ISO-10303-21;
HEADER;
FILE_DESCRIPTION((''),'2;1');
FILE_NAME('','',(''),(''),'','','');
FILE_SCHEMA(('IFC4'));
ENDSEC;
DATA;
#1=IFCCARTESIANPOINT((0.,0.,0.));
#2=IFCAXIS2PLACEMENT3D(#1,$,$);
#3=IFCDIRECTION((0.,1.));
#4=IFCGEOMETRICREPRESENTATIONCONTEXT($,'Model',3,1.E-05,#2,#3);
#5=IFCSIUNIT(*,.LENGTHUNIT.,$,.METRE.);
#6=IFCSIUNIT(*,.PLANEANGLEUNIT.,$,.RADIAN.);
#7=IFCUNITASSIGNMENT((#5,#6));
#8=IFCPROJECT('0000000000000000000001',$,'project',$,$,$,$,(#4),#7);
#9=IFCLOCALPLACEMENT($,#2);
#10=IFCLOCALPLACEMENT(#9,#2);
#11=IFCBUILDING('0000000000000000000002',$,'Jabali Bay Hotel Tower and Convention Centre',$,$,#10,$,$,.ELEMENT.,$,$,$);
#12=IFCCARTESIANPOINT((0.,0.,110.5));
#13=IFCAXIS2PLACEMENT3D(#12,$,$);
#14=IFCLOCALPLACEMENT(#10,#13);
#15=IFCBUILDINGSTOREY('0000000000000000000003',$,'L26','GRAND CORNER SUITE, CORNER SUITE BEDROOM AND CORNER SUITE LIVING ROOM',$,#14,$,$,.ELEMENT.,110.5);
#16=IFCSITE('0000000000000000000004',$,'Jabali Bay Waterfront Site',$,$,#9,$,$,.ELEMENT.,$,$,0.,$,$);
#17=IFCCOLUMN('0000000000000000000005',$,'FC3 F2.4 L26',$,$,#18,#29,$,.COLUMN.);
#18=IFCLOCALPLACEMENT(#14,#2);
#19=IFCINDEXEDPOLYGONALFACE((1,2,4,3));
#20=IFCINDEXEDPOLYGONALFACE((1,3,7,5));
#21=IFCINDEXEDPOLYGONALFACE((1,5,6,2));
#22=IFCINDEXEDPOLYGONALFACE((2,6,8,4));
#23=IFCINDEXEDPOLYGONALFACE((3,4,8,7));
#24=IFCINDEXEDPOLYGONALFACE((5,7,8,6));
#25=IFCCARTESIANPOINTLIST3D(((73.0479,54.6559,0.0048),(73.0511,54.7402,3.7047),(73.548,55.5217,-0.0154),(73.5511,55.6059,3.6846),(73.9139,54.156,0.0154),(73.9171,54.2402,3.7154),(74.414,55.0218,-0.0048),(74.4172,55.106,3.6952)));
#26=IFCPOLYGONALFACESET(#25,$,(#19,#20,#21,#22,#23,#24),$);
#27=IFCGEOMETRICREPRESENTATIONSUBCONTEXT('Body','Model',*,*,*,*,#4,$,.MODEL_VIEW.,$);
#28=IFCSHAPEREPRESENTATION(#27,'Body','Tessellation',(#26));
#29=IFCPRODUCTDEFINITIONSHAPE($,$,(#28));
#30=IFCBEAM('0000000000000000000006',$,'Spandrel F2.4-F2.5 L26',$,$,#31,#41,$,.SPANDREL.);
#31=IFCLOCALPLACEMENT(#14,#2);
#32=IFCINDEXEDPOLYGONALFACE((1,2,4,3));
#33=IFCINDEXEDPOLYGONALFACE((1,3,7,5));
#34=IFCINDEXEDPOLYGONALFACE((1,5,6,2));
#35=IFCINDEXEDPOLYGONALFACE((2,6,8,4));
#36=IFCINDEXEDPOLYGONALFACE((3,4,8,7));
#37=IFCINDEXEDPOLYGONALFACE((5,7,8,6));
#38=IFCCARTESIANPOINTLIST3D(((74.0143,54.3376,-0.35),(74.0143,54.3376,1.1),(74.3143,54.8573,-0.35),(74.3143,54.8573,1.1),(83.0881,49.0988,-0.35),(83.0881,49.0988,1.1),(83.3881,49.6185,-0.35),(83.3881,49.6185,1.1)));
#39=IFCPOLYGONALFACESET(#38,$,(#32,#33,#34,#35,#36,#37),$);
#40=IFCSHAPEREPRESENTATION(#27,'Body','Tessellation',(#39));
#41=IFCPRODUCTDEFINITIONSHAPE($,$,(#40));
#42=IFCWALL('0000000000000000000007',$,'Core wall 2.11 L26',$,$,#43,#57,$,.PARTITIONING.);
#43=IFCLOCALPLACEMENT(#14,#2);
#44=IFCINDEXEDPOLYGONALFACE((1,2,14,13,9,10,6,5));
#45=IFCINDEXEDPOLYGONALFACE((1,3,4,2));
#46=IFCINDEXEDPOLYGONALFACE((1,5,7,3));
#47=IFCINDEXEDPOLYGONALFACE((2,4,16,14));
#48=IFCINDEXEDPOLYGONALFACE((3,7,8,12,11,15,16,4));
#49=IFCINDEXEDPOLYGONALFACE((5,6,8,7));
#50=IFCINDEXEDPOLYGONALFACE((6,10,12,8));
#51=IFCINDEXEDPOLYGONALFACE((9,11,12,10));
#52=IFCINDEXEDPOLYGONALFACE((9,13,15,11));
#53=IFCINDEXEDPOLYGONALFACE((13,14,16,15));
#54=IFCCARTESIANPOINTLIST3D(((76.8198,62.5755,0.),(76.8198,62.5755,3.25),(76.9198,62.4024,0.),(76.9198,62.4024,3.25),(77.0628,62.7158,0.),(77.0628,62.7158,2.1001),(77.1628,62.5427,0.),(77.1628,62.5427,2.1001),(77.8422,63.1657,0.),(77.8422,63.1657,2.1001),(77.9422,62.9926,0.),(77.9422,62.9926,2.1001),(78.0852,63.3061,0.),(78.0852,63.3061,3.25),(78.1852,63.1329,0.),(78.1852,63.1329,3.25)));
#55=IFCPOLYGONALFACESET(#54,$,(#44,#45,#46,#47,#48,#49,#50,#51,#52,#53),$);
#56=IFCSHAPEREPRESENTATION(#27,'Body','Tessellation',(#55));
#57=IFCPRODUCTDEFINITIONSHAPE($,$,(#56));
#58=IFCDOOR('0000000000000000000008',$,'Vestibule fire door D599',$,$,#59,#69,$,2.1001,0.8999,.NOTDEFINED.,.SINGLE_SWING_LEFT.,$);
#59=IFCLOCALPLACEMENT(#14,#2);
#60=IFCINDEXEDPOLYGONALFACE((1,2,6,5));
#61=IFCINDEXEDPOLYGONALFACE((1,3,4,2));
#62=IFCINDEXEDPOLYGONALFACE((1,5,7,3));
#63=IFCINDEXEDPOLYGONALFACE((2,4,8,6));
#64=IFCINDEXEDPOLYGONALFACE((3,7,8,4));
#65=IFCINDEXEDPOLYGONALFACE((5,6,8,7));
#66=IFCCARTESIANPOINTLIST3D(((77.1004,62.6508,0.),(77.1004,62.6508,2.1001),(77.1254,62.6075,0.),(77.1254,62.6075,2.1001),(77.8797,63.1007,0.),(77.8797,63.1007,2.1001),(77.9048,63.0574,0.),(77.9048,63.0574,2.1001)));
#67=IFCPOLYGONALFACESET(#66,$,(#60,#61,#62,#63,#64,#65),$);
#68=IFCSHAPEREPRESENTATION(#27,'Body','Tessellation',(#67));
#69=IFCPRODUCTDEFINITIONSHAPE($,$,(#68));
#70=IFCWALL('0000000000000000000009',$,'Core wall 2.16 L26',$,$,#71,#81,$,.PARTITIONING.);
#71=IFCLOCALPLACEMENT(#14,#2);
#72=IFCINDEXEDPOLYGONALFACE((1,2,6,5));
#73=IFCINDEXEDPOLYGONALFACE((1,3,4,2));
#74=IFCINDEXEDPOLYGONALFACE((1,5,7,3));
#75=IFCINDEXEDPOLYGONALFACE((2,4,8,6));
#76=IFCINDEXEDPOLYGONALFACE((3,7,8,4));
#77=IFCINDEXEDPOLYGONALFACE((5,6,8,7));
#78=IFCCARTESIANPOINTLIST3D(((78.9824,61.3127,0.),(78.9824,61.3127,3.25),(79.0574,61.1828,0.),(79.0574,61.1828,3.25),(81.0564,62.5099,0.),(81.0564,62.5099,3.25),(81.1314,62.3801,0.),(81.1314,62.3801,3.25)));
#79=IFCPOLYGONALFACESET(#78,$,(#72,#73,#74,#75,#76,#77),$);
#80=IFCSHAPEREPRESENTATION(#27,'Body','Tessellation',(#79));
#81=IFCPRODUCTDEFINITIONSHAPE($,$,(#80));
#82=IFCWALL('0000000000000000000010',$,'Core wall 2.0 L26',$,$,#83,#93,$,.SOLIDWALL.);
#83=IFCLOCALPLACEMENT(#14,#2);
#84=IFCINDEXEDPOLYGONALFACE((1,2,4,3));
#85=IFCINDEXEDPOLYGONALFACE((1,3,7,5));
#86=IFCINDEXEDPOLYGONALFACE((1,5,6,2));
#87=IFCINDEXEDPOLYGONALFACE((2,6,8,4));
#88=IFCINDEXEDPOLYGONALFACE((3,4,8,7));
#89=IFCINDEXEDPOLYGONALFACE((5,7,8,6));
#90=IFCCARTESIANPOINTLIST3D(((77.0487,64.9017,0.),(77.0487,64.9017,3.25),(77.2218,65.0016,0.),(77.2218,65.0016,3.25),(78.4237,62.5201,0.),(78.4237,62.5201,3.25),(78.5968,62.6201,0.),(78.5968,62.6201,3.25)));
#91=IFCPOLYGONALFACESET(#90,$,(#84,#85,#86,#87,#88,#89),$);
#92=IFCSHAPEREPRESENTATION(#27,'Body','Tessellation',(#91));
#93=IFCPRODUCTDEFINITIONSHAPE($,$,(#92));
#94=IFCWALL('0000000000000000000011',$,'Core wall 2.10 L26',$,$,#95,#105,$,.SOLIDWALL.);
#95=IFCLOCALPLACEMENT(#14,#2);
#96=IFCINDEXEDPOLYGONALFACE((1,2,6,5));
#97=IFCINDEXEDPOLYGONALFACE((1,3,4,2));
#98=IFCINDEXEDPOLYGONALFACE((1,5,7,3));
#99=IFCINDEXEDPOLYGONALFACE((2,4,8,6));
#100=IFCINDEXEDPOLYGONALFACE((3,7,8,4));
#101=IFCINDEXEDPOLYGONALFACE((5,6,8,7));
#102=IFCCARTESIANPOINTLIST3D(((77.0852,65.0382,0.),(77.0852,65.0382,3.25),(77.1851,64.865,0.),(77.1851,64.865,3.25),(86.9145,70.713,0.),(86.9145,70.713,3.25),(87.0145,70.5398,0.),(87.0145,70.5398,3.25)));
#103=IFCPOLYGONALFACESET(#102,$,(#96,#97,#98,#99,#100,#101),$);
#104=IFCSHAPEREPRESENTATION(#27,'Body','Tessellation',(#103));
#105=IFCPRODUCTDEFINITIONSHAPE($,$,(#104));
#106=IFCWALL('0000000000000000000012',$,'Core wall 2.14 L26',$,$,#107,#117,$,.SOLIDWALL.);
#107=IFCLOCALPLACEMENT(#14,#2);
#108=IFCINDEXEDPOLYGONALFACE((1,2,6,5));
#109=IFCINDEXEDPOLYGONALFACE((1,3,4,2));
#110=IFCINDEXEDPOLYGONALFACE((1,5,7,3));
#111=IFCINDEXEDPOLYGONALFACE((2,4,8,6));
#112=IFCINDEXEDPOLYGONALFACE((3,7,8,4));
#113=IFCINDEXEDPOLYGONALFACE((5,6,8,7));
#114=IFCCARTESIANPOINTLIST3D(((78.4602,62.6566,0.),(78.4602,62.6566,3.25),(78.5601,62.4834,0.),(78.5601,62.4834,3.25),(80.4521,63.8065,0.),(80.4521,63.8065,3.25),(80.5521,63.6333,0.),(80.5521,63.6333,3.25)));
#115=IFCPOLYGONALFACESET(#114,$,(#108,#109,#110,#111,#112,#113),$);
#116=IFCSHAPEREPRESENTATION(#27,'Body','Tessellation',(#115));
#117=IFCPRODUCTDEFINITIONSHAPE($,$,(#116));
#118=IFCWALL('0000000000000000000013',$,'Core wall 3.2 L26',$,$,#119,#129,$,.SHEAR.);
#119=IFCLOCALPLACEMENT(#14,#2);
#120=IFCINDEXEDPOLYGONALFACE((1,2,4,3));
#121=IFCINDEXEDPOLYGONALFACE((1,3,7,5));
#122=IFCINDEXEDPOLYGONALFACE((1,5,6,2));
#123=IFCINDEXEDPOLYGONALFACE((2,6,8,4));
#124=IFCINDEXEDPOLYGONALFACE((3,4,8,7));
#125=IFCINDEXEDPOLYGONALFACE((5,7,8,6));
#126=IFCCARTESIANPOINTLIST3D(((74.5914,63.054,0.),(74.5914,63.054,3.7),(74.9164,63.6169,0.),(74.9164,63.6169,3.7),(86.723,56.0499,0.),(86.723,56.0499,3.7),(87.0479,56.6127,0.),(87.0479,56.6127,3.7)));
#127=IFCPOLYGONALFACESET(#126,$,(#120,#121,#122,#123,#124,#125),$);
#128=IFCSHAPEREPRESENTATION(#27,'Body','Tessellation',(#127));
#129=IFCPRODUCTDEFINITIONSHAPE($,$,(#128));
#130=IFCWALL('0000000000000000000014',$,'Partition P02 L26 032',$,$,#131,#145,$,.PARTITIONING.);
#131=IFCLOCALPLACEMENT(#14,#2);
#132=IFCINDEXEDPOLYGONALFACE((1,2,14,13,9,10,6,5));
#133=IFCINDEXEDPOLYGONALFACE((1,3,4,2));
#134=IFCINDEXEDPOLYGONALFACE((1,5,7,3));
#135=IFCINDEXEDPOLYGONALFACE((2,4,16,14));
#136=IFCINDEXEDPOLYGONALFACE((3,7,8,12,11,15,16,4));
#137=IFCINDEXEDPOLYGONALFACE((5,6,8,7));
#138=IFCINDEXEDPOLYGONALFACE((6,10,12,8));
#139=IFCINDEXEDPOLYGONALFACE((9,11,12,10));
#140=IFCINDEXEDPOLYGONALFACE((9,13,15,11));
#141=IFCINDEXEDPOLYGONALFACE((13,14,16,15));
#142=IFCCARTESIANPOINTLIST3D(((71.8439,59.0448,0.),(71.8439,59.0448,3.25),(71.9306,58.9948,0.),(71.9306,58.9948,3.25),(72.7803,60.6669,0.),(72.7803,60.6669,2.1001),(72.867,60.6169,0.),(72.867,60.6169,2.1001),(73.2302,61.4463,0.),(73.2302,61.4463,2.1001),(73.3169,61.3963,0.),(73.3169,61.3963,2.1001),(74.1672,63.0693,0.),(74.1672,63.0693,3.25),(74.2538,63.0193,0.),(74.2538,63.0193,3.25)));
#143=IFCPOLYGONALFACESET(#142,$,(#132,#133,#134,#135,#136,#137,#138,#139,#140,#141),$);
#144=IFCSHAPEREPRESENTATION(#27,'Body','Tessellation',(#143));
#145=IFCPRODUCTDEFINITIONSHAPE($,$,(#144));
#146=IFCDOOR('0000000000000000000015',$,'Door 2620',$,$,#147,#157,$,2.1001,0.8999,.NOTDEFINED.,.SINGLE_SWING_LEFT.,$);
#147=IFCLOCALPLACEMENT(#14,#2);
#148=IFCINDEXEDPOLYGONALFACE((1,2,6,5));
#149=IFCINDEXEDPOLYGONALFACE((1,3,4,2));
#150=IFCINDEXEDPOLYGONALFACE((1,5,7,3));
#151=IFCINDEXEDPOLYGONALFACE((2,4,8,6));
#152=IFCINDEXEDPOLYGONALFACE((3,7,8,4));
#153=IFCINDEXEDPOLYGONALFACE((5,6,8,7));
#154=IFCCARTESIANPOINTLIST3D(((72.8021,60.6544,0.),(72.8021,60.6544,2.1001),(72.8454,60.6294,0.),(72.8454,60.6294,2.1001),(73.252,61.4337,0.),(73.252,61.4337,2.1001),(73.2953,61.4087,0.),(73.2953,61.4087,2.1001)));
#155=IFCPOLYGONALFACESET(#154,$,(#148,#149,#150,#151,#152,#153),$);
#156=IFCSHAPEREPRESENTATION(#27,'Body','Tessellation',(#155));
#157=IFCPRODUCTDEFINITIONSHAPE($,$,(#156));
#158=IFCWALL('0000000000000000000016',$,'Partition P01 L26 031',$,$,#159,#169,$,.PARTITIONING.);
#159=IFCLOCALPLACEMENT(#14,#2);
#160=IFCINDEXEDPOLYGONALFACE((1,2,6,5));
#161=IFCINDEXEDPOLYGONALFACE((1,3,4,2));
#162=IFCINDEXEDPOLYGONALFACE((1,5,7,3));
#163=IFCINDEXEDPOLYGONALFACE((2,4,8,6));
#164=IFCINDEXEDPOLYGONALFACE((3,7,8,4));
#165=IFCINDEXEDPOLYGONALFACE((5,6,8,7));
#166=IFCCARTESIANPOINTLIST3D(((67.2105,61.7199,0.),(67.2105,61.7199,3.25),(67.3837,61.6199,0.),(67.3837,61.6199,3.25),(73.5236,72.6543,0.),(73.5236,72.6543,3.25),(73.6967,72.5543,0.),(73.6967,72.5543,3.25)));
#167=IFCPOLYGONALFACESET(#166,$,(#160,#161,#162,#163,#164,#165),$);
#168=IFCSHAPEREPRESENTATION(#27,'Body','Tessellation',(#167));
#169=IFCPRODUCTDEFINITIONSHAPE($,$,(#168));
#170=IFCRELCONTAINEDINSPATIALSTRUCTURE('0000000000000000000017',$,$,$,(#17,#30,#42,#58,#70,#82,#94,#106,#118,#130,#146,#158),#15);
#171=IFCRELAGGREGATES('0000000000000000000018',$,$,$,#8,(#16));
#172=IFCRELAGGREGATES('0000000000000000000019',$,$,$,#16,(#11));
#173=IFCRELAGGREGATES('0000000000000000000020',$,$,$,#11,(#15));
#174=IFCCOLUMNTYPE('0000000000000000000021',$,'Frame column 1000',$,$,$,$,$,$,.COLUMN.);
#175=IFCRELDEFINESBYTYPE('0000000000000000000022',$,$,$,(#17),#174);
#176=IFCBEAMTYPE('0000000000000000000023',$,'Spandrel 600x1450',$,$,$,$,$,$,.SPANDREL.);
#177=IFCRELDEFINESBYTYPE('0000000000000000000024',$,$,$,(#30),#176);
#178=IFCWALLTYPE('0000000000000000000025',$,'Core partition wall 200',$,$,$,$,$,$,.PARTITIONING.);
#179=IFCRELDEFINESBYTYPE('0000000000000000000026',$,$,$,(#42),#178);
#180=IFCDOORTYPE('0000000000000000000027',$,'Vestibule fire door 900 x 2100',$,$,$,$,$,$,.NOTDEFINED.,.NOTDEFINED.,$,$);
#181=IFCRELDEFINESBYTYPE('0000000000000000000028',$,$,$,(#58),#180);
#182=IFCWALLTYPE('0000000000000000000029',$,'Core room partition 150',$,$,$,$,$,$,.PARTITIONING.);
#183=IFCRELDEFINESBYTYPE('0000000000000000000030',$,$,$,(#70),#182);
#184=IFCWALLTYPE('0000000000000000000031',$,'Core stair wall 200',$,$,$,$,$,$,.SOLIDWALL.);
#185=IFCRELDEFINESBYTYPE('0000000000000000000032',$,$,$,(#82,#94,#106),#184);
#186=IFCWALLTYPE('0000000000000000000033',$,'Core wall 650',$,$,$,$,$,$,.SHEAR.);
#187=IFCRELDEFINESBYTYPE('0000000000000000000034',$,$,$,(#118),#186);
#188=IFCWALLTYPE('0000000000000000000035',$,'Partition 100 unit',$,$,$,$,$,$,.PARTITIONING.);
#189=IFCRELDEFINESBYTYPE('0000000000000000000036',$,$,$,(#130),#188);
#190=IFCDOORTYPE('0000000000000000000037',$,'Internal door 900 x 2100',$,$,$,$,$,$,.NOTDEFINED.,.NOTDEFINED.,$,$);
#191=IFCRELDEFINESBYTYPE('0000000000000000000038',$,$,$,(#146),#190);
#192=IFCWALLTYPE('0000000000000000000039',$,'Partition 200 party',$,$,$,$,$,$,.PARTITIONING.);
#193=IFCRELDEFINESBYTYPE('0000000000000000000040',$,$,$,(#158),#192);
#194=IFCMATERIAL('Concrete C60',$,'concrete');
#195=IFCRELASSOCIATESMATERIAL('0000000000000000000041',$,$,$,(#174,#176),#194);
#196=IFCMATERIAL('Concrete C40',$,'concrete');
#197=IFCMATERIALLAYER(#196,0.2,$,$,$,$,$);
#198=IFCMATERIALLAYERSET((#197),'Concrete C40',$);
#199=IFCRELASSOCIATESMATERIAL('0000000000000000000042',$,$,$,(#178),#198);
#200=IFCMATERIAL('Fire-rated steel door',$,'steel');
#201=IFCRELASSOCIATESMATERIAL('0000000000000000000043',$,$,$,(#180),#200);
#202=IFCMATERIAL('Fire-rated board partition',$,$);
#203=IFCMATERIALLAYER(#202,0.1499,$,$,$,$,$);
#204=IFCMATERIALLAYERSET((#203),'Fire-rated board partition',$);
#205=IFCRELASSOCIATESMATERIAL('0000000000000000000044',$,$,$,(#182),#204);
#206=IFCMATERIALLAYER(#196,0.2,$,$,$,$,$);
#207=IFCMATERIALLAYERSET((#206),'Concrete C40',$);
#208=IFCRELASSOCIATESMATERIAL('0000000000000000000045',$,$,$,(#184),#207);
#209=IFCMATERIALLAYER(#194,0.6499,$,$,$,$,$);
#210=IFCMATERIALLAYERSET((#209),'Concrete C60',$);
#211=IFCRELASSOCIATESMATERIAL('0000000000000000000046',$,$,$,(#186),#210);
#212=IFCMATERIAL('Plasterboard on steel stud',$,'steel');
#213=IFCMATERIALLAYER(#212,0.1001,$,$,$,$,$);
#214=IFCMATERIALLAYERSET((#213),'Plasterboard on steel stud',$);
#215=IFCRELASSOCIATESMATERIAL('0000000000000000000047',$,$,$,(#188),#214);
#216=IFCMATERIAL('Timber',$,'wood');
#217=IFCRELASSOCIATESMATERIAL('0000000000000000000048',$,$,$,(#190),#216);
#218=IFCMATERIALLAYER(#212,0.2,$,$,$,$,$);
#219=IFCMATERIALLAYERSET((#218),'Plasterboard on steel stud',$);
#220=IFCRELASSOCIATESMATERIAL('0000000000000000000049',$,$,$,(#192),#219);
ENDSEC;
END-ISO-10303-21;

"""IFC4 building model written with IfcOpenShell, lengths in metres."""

from ifc_helpers import new_model, si_unit, direction, frame, frame_2d, origin, origin_2d, place, context, subcontext, project, spatial, rectangle, extrude, material, layer, layer_set, material_profile, profile_set, type_object, element, fill, save


model = new_model("IFC4")

# Units and contexts
model_context = context("Model", 3, precision=1e-05, world=origin(), true_north=direction((0.0, 1.0)))
body_context = subcontext(model_context, "Body", "Model", "MODEL_VIEW")
ifc_project = project(units=[si_unit("LENGTHUNIT", "METRE"), si_unit("PLANEANGLEUNIT", "RADIAN")], contexts=[model_context])

# Site, building, storey
site_placement = place(None, origin())
site = spatial("IfcSite", under=ifc_project, at=site_placement, Name="Jabali Bay Waterfront Site", CompositionType="ELEMENT", RefElevation=0.0)
building_placement = place(site_placement, origin())
building = spatial("IfcBuilding", under=site, at=building_placement, Name="Jabali Bay Hotel Tower and Convention Centre", CompositionType="ELEMENT")
storey_placement = place(building_placement, frame((0.0, 0.0, 110.5)))
storey = spatial("IfcBuildingStorey", under=building, at=storey_placement, Name="L26", Description="GRAND CORNER SUITE, CORNER SUITE BEDROOM AND CORNER SUITE LIVING ROOM", CompositionType="ELEMENT", Elevation=110.5)

# Column
ifc_material_1 = material(Name="Concrete C60", Category="concrete")
ifc_material_profile_1 = material_profile(ifc_material_1, rectangle(XDim=1.0, YDim=1.0, at=origin_2d()), Name="Frame column 1000")
ifc_profile_set_1 = profile_set([ifc_material_profile_1], Name="Concrete C60")
column_type = type_object("IfcColumnType", Name="Frame column 1000", PredefinedType="COLUMN", material=ifc_profile_set_1)
column_placement = place(storey_placement, frame((73.731, 54.8389, 0.0), z_axis=(0.000858, 0.022759, 0.999741), x_axis=(-0.500033, -0.865772, 0.020138)))
element("IfcColumn", 1, at=column_placement, inside=storey, type_object=column_type, Name="FC3 F2.4 L26", PredefinedType="COLUMN", context=body_context, shape_type="SweptSolid", body=[
    extrude(rectangle(XDim=1.0, YDim=1.0, at=origin_2d()), origin(), (0.0, 0.0, 1.0), 3.7009),
])

# Beam
ifc_material_profile_2 = material_profile(ifc_material_1, rectangle(XDim=0.6001, YDim=1.45, at=origin_2d()), Name="Spandrel 600x1450")
ifc_profile_set_2 = profile_set([ifc_material_profile_2], Name="Concrete C60")
beam_type = type_object("IfcBeamType", Name="Spandrel 600x1450", PredefinedType="SPANDREL", material=ifc_profile_set_2)
beam_placement = place(storey_placement, frame((74.1643, 54.5974, 0.375), z_axis=(0.866023, -0.500003, 0.0), x_axis=(0.500003, 0.866023, 0.0)))
element("IfcBeam", 2, at=beam_placement, inside=storey, type_object=beam_type, Name="Spandrel F2.4-F2.5 L26", PredefinedType="SPANDREL", context=body_context, shape_type="SweptSolid", body=[
    extrude(rectangle(XDim=0.6001, YDim=1.45, at=origin_2d()), origin(), (0.0, 0.0, 1.0), 10.4775),
])

# Wall, opening, door
ifc_material_2 = material(Name="Concrete C40", Category="concrete")
ifc_layer_1 = layer(ifc_material_2, 0.2)
ifc_layer_set_1 = layer_set([ifc_layer_1], Name="Concrete C40")
wall_type_1 = type_object("IfcWallType", Name="Core partition wall 200", PredefinedType="PARTITIONING", material=ifc_layer_set_1)
wall_1_placement = place(storey_placement, frame((76.8699, 62.489, 0.0), z_axis=(0.0, 0.0, 1.0), x_axis=(0.866055, 0.499949, 0.0)))
wall_1 = element("IfcWall", 3, at=wall_1_placement, inside=storey, type_object=wall_type_1, Name="Core wall 2.11 L26", PredefinedType="PARTITIONING", context=body_context, shape_type="SweptSolid", body=[
    extrude(rectangle(XDim=1.4612, YDim=0.2, at=frame_2d((0.7305, 0.0))), origin(), (0.0, 0.0, 1.0), 3.25),
])
opening_1_placement = place(wall_1_placement, frame((0.2805, 0.0, 0.0)))
opening_1 = element("IfcOpeningElement", 4, at=opening_1_placement, cuts=wall_1, PredefinedType="OPENING", context=body_context, shape_type="SweptSolid", body=[
    extrude(rectangle(XDim=0.8999, YDim=2.1001, at=frame_2d((0.45, 1.05))), frame((0.0, 0.1104, 0.0), z_axis=(0.0, -1.0, 0.0), x_axis=(1.0, 0.0, 0.0)), (0.0, 0.0, 1.0), 0.2209),
])
ifc_material_3 = material(Name="Fire-rated steel door", Category="steel")
door_type_1 = type_object("IfcDoorType", Name="Vestibule fire door 900 x 2100", OperationType="NOTDEFINED", PredefinedType="NOTDEFINED", material=ifc_material_3)
door_1_placement = place(opening_1_placement, origin())
door_1 = element("IfcDoor", 5, at=door_1_placement, inside=storey, type_object=door_type_1, Name="Vestibule fire door D599", OperationType="SINGLE_SWING_LEFT", OverallHeight=2.1001, OverallWidth=0.8999, PredefinedType="NOTDEFINED", context=body_context, shape_type="SweptSolid", body=[
    extrude(rectangle(XDim=0.8999, YDim=2.1001, at=frame_2d((0.45, 1.05))), frame((0.0, 0.0249, 0.0), z_axis=(0.0, -1.0, 0.0), x_axis=(1.0, 0.0, 0.0)), (0.0, 0.0, 1.0), 0.05),
])
fill(opening_1, door_1)

# Walls
ifc_material_4 = material(Name="Fire-rated board partition")
ifc_layer_2 = layer(ifc_material_4, 0.1499)
ifc_layer_set_2 = layer_set([ifc_layer_2], Name="Fire-rated board partition")
wall_type_2 = type_object("IfcWallType", Name="Core room partition 150", PredefinedType="PARTITIONING", material=ifc_layer_set_2)
wall_2_placement = place(storey_placement, frame((79.02, 61.2478, 0.0), z_axis=(0.0, 0.0, 1.0), x_axis=(0.866051, 0.499955, 0.0)))
element("IfcWall", 6, at=wall_2_placement, inside=storey, type_object=wall_type_2, Name="Core wall 2.16 L26", PredefinedType="PARTITIONING", context=body_context, shape_type="SweptSolid", body=[
    extrude(rectangle(XDim=2.3948, YDim=0.1499, at=frame_2d((1.1973, 0.0))), origin(), (0.0, 0.0, 1.0), 3.25),
])
ifc_layer_3 = layer(ifc_material_2, 0.2)
ifc_layer_set_3 = layer_set([ifc_layer_3], Name="Concrete C40")
wall_type_3 = type_object("IfcWallType", Name="Core stair wall 200", PredefinedType="SOLIDWALL", material=ifc_layer_set_3)
wall_3_placement = place(storey_placement, frame((77.1353, 64.9517, 0.0), z_axis=(0.0, 0.0, 1.0), x_axis=(0.499997, -0.866027, 0.0)))
element("IfcWall", 7, at=wall_3_placement, inside=storey, type_object=wall_type_3, Name="Core wall 2.0 L26", PredefinedType="SOLIDWALL", context=body_context, shape_type="SweptSolid", body=[
    extrude(rectangle(XDim=2.75, YDim=0.2, at=frame_2d((1.375, 0.0))), origin(), (0.0, 0.0, 1.0), 3.25),
])
wall_4_placement = place(storey_placement, frame((77.1353, 64.9517, 0.0), z_axis=(0.0, 0.0, 1.0), x_axis=(0.866032, 0.499989, 0.0)))
element("IfcWall", 8, at=wall_4_placement, inside=storey, type_object=wall_type_3, Name="Core wall 2.10 L26", PredefinedType="SOLIDWALL", context=body_context, shape_type="SweptSolid", body=[
    extrude(rectangle(XDim=11.3499, YDim=0.2, at=frame_2d((5.6748, 0.0))), origin(), (0.0, 0.0, 1.0), 3.25),
])
wall_5_placement = place(storey_placement, frame((78.5103, 62.5701, 0.0), z_axis=(0.0, 0.0, 1.0), x_axis=(0.866053, 0.499952, 0.0)))
element("IfcWall", 9, at=wall_5_placement, inside=storey, type_object=wall_type_3, Name="Core wall 2.14 L26", PredefinedType="SOLIDWALL", context=body_context, shape_type="SweptSolid", body=[
    extrude(rectangle(XDim=2.3, YDim=0.2, at=frame_2d((1.1499, 0.0))), origin(), (0.0, 0.0, 1.0), 3.25),
])
ifc_layer_4 = layer(ifc_material_1, 0.6499)
ifc_layer_set_4 = layer_set([ifc_layer_4], Name="Concrete C60")
wall_type_4 = type_object("IfcWallType", Name="Core wall 650", PredefinedType="SHEAR", material=ifc_layer_set_4)
wall_6_placement = place(storey_placement, frame((74.7539, 63.3354, 0.0), z_axis=(0.0, 0.0, 1.0), x_axis=(0.866026, -0.499999, 0.0)))
element("IfcWall", 10, at=wall_6_placement, inside=storey, type_object=wall_type_4, Name="Core wall 3.2 L26", PredefinedType="SHEAR", context=body_context, shape_type="SweptSolid", body=[
    extrude(rectangle(XDim=14.0083, YDim=0.6499, at=frame_2d((7.0042, 0.0))), origin(), (0.0, 0.0, 1.0), 3.7),
])

# Wall, opening, door
ifc_material_5 = material(Name="Plasterboard on steel stud", Category="steel")
ifc_layer_5 = layer(ifc_material_5, 0.1001)
ifc_layer_set_5 = layer_set([ifc_layer_5], Name="Plasterboard on steel stud")
wall_type_5 = type_object("IfcWallType", Name="Partition 100 unit", PredefinedType="PARTITIONING", material=ifc_layer_set_5)
wall_7_placement = place(storey_placement, frame((71.8872, 59.0198, 0.0), z_axis=(0.0, 0.0, 1.0), x_axis=(0.499959, 0.866049, 0.0)))
wall_7 = element("IfcWall", 11, at=wall_7_placement, inside=storey, type_object=wall_type_5, Name="Partition P02 L26 032", PredefinedType="PARTITIONING", context=body_context, shape_type="SweptSolid", body=[
    extrude(rectangle(XDim=4.647, YDim=0.1001, at=frame_2d((2.3235, 0.0))), origin(), (0.0, 0.0, 1.0), 3.25),
])
opening_2_placement = place(wall_7_placement, frame((1.873, 0.0, 0.0)))
opening_2 = element("IfcOpeningElement", 12, at=opening_2_placement, cuts=wall_7, PredefinedType="OPENING", context=body_context, shape_type="SweptSolid", body=[
    extrude(rectangle(XDim=0.8999, YDim=2.1001, at=frame_2d((0.45, 1.05))), frame((0.0, 0.0605, 0.0), z_axis=(0.0, -1.0, 0.0), x_axis=(1.0, 0.0, 0.0)), (0.0, 0.0, 1.0), 0.1211),
])
ifc_material_6 = material(Name="Timber", Category="wood")
door_type_2 = type_object("IfcDoorType", Name="Internal door 900 x 2100", OperationType="NOTDEFINED", PredefinedType="NOTDEFINED", material=ifc_material_6)
door_2_placement = place(opening_2_placement, origin())
door_2 = element("IfcDoor", 13, at=door_2_placement, inside=storey, type_object=door_type_2, Name="Door 2620", OperationType="SINGLE_SWING_LEFT", OverallHeight=2.1001, OverallWidth=0.8999, PredefinedType="NOTDEFINED", context=body_context, shape_type="SweptSolid", body=[
    extrude(rectangle(XDim=0.8999, YDim=2.1001, at=frame_2d((0.45, 1.05))), frame((0.0, 0.0249, 0.0), z_axis=(0.0, -1.0, 0.0), x_axis=(1.0, 0.0, 0.0)), (0.0, 0.0, 1.0), 0.05),
])
fill(opening_2, door_2)

# Wall
ifc_layer_6 = layer(ifc_material_5, 0.2)
ifc_layer_set_6 = layer_set([ifc_layer_6], Name="Plasterboard on steel stud")
wall_type_6 = type_object("IfcWallType", Name="Partition 200 party", PredefinedType="PARTITIONING", material=ifc_layer_set_6)
wall_8_placement = place(storey_placement, frame((67.2971, 61.6699, 0.0), z_axis=(0.0, 0.0, 1.0), x_axis=(0.500003, 0.866024, 0.0)))
element("IfcWall", 14, at=wall_8_placement, inside=storey, type_object=wall_type_6, Name="Partition P01 L26 031", PredefinedType="PARTITIONING", context=body_context, shape_type="SweptSolid", body=[
    extrude(rectangle(XDim=12.626, YDim=0.2, at=frame_2d((6.313, 0.0))), origin(), (0.0, 0.0, 1.0), 3.25),
])

save(model, "model.ifc")
